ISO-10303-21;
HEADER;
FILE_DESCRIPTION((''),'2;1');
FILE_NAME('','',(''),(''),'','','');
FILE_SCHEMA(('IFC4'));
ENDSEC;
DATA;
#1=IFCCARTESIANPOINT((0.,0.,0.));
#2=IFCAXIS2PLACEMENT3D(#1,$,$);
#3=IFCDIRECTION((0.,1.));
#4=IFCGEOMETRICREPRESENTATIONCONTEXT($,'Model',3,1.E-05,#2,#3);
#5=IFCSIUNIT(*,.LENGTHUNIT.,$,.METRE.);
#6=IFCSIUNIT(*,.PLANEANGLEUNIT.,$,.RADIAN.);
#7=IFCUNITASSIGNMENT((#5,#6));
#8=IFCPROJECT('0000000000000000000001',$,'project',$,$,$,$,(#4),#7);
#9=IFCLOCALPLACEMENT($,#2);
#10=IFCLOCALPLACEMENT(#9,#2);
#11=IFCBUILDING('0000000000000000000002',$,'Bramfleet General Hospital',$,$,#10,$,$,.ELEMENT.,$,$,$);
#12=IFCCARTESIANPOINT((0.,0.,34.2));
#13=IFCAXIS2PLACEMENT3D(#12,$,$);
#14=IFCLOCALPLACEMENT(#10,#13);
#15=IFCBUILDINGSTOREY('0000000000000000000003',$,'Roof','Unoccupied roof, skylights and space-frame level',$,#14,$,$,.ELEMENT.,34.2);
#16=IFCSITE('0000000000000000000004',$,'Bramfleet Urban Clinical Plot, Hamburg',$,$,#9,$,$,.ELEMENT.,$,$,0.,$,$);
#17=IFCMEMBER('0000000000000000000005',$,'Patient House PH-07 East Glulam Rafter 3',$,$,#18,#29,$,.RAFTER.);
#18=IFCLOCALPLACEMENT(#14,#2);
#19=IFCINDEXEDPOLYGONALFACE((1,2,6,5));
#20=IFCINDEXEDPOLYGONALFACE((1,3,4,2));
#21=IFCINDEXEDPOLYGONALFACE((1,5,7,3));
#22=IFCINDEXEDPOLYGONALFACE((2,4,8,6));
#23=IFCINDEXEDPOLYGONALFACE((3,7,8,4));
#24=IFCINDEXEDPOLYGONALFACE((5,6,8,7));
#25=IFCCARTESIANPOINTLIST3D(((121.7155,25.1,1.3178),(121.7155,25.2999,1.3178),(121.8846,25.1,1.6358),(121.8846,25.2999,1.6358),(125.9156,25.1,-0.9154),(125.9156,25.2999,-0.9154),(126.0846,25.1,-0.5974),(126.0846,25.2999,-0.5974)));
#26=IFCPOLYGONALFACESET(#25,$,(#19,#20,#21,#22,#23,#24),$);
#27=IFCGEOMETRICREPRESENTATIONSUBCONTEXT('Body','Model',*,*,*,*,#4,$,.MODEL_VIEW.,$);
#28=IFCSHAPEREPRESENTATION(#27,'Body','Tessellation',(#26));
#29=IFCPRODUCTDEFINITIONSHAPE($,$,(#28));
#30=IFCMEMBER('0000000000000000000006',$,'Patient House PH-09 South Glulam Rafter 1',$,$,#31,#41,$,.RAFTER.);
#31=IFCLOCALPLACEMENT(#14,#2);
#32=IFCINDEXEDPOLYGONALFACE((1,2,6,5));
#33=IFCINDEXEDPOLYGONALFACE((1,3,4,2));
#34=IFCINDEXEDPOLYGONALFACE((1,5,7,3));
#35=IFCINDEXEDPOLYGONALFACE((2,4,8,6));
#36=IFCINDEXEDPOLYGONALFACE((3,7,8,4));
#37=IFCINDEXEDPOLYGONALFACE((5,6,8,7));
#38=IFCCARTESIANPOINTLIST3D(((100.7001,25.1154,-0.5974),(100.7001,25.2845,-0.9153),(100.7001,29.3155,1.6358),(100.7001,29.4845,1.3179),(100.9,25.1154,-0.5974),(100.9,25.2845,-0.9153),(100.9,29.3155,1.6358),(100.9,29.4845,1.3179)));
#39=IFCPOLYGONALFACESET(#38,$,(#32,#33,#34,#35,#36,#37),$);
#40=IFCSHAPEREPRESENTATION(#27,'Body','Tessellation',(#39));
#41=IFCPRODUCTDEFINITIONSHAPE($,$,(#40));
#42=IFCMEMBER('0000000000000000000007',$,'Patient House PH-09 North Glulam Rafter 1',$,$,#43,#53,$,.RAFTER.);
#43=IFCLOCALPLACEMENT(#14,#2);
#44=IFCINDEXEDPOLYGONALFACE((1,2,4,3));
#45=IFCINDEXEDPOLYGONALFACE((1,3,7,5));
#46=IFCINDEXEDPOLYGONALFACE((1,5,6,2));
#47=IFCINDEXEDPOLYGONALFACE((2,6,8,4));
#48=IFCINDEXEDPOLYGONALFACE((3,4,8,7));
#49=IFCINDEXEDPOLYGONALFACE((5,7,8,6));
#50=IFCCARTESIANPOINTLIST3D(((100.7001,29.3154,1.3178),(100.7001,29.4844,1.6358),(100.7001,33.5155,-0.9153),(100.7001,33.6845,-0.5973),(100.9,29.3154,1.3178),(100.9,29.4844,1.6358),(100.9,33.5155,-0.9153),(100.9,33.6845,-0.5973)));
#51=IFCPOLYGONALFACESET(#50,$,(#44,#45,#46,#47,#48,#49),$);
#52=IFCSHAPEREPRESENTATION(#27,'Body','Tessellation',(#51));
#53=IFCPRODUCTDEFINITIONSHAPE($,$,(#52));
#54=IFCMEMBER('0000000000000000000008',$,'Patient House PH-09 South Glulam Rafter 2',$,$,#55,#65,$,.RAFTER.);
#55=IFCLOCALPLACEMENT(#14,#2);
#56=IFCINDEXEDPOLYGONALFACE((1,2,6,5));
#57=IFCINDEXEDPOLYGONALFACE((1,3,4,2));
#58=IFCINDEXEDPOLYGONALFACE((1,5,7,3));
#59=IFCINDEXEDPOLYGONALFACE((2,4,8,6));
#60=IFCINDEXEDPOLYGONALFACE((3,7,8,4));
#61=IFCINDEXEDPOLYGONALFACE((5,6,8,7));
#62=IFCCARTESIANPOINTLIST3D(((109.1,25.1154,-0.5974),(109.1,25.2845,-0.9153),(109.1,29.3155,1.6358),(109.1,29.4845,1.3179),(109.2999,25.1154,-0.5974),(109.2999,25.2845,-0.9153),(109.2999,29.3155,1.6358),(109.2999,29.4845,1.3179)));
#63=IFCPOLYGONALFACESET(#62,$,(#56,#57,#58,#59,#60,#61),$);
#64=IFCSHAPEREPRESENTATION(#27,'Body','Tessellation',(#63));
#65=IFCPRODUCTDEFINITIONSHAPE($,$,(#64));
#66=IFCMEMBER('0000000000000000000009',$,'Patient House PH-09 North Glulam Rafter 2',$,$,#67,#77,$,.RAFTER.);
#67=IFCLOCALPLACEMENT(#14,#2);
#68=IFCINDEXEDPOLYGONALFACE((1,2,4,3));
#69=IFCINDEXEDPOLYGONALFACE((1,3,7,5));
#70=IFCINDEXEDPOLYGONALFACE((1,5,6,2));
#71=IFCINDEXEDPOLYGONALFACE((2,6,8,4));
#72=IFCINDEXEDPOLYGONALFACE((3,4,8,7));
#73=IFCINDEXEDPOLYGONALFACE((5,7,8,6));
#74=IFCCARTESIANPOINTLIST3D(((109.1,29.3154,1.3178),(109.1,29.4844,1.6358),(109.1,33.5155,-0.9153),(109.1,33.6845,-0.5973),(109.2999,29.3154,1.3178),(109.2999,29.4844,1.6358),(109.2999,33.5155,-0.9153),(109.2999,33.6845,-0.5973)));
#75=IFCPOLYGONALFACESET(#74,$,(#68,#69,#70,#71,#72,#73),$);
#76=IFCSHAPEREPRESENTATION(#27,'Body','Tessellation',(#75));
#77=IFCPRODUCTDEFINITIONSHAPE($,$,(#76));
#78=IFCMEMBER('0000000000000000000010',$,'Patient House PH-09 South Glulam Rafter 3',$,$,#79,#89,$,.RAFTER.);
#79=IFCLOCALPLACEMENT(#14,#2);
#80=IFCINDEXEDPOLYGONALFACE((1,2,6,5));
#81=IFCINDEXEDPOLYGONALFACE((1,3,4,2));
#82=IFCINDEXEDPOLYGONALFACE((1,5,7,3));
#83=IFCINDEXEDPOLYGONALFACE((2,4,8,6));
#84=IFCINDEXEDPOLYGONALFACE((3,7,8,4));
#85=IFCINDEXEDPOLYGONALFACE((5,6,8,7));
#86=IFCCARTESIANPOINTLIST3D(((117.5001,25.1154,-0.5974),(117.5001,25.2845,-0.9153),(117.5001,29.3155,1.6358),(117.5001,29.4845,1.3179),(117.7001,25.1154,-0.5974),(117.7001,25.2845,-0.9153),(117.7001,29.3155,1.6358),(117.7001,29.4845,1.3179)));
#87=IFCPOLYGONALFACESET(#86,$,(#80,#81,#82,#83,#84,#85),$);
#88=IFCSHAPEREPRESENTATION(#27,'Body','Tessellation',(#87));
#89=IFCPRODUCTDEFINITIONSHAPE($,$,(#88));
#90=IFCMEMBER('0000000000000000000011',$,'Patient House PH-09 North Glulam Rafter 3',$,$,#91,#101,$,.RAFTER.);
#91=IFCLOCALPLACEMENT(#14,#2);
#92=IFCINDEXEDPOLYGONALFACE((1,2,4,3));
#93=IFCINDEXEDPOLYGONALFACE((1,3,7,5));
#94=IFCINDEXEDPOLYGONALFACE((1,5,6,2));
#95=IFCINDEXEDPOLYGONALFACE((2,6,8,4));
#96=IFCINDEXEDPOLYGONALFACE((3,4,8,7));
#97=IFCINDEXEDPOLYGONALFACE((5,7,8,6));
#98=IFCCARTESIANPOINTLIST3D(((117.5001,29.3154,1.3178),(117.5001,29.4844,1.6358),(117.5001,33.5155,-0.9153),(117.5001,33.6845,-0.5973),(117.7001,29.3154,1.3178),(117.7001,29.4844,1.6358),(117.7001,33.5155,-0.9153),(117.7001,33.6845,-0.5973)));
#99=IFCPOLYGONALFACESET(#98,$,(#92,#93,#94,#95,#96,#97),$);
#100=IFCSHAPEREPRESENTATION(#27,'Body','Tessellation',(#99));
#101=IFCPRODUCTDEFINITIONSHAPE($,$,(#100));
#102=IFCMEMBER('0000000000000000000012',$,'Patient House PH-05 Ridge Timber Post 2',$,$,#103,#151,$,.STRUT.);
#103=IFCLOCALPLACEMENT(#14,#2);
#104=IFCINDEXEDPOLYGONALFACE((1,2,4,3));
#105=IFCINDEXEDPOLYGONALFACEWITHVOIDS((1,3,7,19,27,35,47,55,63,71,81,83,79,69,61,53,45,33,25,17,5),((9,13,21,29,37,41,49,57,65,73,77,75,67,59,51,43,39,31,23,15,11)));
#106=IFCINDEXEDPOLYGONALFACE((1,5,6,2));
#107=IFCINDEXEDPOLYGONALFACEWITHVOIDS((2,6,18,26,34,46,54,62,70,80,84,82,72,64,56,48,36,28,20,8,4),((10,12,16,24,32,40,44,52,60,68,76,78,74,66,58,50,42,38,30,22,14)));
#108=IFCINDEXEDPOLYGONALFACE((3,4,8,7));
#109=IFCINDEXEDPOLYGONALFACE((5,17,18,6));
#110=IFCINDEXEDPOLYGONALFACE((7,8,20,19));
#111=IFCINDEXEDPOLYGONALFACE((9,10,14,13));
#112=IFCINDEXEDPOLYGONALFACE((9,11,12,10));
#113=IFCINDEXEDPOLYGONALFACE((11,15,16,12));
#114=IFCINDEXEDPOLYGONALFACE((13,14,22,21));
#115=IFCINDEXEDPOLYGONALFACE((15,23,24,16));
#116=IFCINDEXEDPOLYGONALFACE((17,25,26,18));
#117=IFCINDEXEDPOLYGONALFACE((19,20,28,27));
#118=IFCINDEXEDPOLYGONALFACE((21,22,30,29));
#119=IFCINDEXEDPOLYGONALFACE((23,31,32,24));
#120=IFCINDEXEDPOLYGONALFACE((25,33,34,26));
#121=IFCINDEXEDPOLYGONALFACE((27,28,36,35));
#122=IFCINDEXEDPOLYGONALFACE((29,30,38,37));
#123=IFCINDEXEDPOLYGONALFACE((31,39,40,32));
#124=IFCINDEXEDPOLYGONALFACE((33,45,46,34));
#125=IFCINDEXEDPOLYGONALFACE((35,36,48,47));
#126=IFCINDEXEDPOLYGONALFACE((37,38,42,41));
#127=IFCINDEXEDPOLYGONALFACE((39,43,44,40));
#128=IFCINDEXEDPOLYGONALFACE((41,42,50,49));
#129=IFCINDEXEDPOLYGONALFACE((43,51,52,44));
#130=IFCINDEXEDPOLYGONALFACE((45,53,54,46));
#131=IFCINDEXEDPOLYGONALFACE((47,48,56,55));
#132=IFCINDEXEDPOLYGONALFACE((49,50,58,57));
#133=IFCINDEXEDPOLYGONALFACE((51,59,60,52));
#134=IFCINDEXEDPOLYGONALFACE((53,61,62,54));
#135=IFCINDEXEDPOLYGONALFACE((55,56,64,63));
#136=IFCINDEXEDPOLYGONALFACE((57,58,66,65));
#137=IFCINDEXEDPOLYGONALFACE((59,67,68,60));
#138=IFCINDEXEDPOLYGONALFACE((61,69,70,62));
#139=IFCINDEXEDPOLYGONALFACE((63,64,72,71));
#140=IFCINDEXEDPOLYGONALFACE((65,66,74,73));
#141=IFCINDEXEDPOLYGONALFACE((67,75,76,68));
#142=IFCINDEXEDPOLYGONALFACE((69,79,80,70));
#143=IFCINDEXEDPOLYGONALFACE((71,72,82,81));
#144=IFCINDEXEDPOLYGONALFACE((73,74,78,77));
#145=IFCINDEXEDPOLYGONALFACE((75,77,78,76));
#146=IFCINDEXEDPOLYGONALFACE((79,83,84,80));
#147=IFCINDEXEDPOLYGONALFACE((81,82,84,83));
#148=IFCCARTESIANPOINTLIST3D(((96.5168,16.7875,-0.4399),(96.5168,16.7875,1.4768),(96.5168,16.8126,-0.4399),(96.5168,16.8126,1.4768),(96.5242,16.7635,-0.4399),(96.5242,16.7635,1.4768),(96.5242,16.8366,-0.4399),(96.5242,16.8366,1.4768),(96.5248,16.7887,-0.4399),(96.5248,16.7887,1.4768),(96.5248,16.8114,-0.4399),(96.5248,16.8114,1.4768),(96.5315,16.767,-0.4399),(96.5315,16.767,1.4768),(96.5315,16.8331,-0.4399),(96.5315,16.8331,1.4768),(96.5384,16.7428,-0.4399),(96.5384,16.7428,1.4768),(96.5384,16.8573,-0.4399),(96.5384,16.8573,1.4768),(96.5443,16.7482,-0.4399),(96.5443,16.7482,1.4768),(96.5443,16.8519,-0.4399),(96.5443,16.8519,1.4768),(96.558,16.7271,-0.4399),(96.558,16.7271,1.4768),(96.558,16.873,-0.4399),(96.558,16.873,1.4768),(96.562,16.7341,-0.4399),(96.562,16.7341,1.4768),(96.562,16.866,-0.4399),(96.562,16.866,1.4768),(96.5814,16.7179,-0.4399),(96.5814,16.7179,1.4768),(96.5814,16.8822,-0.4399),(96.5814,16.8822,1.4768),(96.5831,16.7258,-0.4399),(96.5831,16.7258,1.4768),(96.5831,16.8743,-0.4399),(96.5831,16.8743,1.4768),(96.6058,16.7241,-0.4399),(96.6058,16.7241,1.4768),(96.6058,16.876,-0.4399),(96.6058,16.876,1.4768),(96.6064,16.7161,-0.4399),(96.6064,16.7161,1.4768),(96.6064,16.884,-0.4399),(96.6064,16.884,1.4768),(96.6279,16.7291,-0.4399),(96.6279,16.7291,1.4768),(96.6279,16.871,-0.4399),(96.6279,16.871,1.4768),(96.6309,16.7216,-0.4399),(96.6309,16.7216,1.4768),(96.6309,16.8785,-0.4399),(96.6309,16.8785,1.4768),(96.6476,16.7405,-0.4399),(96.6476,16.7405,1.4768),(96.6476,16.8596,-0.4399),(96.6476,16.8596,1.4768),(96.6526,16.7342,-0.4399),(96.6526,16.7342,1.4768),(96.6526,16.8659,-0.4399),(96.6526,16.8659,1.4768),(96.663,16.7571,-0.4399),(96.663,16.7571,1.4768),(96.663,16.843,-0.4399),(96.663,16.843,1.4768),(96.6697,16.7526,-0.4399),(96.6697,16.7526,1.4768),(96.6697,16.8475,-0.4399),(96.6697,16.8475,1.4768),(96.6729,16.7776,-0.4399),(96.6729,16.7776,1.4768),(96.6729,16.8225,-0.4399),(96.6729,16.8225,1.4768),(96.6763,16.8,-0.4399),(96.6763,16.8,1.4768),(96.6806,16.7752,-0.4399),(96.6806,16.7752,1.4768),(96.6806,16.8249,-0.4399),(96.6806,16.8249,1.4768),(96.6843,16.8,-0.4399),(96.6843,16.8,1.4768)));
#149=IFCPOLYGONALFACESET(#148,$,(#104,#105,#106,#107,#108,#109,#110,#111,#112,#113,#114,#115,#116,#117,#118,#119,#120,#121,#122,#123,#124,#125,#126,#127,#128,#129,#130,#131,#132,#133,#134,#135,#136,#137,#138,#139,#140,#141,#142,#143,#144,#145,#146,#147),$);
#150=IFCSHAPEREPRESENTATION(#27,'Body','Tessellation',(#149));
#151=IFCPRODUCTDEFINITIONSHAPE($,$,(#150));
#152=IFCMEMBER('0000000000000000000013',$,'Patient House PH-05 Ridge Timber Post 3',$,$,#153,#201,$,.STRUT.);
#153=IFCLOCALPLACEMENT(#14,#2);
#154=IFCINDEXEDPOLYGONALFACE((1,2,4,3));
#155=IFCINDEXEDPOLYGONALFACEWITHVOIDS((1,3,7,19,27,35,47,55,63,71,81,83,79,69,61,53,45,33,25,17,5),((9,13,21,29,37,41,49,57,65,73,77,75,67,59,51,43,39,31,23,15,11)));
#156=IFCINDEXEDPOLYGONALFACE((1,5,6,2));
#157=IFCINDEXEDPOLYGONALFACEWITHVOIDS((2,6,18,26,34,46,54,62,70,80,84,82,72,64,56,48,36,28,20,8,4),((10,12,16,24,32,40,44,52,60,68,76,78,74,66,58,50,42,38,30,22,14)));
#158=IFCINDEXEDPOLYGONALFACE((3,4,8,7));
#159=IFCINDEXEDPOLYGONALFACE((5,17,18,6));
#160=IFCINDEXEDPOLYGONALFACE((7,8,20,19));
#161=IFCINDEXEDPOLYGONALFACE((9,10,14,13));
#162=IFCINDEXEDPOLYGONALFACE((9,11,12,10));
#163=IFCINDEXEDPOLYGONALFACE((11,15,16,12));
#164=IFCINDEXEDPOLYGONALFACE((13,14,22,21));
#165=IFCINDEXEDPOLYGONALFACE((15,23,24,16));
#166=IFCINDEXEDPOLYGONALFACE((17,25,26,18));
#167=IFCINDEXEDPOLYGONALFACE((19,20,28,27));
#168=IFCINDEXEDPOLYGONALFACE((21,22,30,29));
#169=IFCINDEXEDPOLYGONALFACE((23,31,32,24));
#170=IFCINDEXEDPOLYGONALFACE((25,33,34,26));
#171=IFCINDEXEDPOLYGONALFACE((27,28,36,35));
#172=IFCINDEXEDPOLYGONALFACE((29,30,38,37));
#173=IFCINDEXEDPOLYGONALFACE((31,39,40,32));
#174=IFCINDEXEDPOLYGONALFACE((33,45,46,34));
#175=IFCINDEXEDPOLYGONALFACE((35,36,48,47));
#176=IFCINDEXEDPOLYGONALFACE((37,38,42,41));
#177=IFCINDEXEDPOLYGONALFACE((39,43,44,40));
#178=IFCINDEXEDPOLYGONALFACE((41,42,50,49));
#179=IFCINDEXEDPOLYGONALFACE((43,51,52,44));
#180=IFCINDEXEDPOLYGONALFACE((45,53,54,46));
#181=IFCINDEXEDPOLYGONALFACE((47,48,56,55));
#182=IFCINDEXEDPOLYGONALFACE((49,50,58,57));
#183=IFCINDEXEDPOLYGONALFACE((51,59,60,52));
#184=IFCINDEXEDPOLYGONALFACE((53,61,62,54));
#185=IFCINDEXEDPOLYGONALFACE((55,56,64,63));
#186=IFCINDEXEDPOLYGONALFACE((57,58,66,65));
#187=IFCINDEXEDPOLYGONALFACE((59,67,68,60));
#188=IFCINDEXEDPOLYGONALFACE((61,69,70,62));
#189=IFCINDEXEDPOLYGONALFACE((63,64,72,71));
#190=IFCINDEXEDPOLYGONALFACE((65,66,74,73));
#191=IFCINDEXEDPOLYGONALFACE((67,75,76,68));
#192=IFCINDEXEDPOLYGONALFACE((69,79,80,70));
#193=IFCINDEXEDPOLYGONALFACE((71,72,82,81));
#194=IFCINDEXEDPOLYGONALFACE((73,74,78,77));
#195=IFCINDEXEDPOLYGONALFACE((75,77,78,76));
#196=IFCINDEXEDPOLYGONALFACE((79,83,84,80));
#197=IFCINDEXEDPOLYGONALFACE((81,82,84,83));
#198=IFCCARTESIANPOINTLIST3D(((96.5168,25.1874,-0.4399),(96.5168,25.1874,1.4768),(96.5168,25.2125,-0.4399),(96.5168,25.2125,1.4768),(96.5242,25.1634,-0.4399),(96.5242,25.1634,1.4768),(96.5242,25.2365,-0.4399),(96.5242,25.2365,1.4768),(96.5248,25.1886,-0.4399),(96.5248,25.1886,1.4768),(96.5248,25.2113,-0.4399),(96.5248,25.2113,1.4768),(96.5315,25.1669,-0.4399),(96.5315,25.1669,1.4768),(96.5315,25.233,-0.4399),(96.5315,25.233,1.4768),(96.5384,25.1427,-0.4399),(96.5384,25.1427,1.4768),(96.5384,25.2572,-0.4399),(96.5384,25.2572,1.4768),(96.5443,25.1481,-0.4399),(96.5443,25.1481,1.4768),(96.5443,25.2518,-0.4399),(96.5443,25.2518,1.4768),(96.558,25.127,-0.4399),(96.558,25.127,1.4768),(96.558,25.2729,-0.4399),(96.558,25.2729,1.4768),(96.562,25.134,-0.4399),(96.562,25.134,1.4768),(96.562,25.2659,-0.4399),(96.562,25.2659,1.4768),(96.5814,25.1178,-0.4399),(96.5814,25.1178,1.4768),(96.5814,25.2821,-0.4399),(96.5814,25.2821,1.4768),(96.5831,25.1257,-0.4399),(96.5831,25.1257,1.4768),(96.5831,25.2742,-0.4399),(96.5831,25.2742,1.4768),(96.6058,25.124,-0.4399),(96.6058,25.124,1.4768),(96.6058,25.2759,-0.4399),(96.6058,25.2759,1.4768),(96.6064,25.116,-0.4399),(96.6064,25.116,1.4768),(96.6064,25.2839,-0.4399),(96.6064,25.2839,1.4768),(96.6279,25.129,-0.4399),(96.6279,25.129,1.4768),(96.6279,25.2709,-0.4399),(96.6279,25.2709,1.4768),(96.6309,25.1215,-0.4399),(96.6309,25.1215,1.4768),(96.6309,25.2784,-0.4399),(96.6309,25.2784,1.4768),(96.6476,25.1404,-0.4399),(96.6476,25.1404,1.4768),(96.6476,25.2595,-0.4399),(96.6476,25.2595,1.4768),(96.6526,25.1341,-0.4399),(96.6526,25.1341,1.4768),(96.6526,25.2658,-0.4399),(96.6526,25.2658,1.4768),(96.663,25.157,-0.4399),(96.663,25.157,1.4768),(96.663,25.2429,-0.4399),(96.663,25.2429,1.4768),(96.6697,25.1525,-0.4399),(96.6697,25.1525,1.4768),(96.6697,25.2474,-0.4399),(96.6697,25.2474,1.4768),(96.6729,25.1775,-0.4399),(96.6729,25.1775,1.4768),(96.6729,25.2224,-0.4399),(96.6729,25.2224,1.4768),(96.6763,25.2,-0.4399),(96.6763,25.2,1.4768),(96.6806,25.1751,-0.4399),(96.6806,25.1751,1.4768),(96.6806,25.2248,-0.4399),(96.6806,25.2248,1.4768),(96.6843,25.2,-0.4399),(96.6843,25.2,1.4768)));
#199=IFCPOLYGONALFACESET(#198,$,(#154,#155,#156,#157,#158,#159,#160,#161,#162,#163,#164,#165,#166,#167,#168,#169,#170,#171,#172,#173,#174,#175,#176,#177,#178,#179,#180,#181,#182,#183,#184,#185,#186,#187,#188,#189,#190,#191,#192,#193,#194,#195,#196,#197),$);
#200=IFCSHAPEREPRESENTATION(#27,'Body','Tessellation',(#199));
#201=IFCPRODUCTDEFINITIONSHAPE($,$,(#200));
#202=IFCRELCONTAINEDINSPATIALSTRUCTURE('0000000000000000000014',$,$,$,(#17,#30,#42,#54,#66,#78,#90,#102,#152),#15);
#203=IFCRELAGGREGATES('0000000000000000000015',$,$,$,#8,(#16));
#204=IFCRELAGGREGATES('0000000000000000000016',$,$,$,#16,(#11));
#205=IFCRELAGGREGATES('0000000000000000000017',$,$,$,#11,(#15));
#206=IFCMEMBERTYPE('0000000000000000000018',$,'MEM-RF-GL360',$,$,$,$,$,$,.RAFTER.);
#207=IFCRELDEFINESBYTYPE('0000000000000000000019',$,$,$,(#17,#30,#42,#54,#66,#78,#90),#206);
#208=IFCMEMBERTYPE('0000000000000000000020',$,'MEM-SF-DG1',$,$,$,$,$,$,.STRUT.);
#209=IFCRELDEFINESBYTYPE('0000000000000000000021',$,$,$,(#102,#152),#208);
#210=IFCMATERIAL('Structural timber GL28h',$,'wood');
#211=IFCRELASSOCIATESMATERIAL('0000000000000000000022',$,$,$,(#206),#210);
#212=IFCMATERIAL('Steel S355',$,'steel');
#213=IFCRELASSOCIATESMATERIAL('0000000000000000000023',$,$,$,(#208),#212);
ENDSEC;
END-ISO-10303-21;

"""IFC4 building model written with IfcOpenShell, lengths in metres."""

from ifc_helpers import new_model, si_unit, direction, frame, origin, origin_2d, place, context, subcontext, project, spatial, rectangle, hollow_circle, extrude, material, material_profile, profile_set, type_object, element, save


model = new_model("IFC4")

# Units and contexts
model_context = context("Model", 3, precision=1e-05, world=origin(), true_north=direction((0.0, 1.0)))
body_context = subcontext(model_context, "Body", "Model", "MODEL_VIEW")
ifc_project = project(units=[si_unit("LENGTHUNIT", "METRE"), si_unit("PLANEANGLEUNIT", "RADIAN")], contexts=[model_context])

# Site, building, storey
site_placement = place(None, origin())
site = spatial("IfcSite", under=ifc_project, at=site_placement, Name="Bramfleet Urban Clinical Plot, Hamburg", CompositionType="ELEMENT", RefElevation=0.0)
building_placement = place(site_placement, origin())
building = spatial("IfcBuilding", under=site, at=building_placement, Name="Bramfleet General Hospital", CompositionType="ELEMENT")
storey_placement = place(building_placement, frame((0.0, 0.0, 34.2)))
storey = spatial("IfcBuildingStorey", under=building, at=storey_placement, Name="Roof", Description="Unoccupied roof, skylights and space-frame level", CompositionType="ELEMENT", Elevation=34.2)

# Members
ifc_material_1 = material(Name="Structural timber GL28h", Category="wood")
ifc_material_profile_1 = material_profile(ifc_material_1, rectangle(XDim=0.2, YDim=0.3601, at=origin_2d()), Name="GL28h 360x200")
ifc_profile_set_1 = profile_set([ifc_material_profile_1], Name="Structural timber GL28h")
member_type_1 = type_object("IfcMemberType", Name="MEM-RF-GL360", PredefinedType="RAFTER", material=ifc_profile_set_1)
for number, where, z_axis, x_axis, name in (
    (1, (121.8, 25.2, 1.4768), (0.882948, 0.0, -0.469472), (0.0, 1.0, 0.0), "Patient House PH-07 East Glulam Rafter 3"),
    (2, (100.8, 25.2, -0.7563), (0.0, 0.882948, 0.469472), (-1.0, 0.0, 0.0), "Patient House PH-09 South Glulam Rafter 1"),
    (3, (100.8, 29.3999, 1.4768), (0.0, 0.882959, -0.46945), (-1.0, 0.0, 0.0), "Patient House PH-09 North Glulam Rafter 1"),
    (4, (109.2, 25.2, -0.7563), (0.0, 0.882948, 0.469472), (-1.0, 0.0, 0.0), "Patient House PH-09 South Glulam Rafter 2"),
    (5, (109.2, 29.3999, 1.4768), (0.0, 0.882959, -0.46945), (-1.0, 0.0, 0.0), "Patient House PH-09 North Glulam Rafter 2"),
    (6, (117.6001, 25.2, -0.7563), (0.0, 0.882948, 0.469472), (-1.0, 0.0, 0.0), "Patient House PH-09 South Glulam Rafter 3"),
    (7, (117.6001, 29.3999, 1.4768), (0.0, 0.882959, -0.46945), (-1.0, 0.0, 0.0), "Patient House PH-09 North Glulam Rafter 3"),
):
    element("IfcMember", number, at=place(storey_placement, frame(where, z_axis=z_axis, x_axis=x_axis)), inside=storey, type_object=member_type_1, Name=name, PredefinedType="RAFTER", context=body_context, shape_type="SweptSolid", body=[
        extrude(rectangle(XDim=0.2, YDim=0.3601, at=origin_2d()), origin(), (0.0, 0.0, 1.0), 4.7568),
    ])
ifc_material_2 = material(Name="Steel S355", Category="steel")
ifc_material_profile_2 = material_profile(ifc_material_2, hollow_circle(Radius=0.0842, WallThickness=0.0081, at=origin_2d()), Name="CHS 168.3x8.0")
ifc_profile_set_2 = profile_set([ifc_material_profile_2], Name="Steel S355")
member_type_2 = type_object("IfcMemberType", Name="MEM-SF-DG1", PredefinedType="STRUT", material=ifc_profile_set_2)
for number, where, z_axis, x_axis, name in (
    (8, (96.6001, 16.8, -0.4399), (0.0, 0.0, 1.0), (1.0, 0.0, 0.0), "Patient House PH-05 Ridge Timber Post 2"),
    (9, (96.6001, 25.2, -0.4399), (0.0, 0.0, 1.0), (1.0, 0.0, 0.0), "Patient House PH-05 Ridge Timber Post 3"),
):
    element("IfcMember", number, at=place(storey_placement, frame(where, z_axis=z_axis, x_axis=x_axis)), inside=storey, type_object=member_type_2, Name=name, PredefinedType="STRUT", context=body_context, shape_type="SweptSolid", body=[
        extrude(hollow_circle(Radius=0.0842, WallThickness=0.0081, at=origin_2d()), origin(), (0.0, 0.0, 1.0), 1.9167),
    ])

save(model, "model.ifc")
